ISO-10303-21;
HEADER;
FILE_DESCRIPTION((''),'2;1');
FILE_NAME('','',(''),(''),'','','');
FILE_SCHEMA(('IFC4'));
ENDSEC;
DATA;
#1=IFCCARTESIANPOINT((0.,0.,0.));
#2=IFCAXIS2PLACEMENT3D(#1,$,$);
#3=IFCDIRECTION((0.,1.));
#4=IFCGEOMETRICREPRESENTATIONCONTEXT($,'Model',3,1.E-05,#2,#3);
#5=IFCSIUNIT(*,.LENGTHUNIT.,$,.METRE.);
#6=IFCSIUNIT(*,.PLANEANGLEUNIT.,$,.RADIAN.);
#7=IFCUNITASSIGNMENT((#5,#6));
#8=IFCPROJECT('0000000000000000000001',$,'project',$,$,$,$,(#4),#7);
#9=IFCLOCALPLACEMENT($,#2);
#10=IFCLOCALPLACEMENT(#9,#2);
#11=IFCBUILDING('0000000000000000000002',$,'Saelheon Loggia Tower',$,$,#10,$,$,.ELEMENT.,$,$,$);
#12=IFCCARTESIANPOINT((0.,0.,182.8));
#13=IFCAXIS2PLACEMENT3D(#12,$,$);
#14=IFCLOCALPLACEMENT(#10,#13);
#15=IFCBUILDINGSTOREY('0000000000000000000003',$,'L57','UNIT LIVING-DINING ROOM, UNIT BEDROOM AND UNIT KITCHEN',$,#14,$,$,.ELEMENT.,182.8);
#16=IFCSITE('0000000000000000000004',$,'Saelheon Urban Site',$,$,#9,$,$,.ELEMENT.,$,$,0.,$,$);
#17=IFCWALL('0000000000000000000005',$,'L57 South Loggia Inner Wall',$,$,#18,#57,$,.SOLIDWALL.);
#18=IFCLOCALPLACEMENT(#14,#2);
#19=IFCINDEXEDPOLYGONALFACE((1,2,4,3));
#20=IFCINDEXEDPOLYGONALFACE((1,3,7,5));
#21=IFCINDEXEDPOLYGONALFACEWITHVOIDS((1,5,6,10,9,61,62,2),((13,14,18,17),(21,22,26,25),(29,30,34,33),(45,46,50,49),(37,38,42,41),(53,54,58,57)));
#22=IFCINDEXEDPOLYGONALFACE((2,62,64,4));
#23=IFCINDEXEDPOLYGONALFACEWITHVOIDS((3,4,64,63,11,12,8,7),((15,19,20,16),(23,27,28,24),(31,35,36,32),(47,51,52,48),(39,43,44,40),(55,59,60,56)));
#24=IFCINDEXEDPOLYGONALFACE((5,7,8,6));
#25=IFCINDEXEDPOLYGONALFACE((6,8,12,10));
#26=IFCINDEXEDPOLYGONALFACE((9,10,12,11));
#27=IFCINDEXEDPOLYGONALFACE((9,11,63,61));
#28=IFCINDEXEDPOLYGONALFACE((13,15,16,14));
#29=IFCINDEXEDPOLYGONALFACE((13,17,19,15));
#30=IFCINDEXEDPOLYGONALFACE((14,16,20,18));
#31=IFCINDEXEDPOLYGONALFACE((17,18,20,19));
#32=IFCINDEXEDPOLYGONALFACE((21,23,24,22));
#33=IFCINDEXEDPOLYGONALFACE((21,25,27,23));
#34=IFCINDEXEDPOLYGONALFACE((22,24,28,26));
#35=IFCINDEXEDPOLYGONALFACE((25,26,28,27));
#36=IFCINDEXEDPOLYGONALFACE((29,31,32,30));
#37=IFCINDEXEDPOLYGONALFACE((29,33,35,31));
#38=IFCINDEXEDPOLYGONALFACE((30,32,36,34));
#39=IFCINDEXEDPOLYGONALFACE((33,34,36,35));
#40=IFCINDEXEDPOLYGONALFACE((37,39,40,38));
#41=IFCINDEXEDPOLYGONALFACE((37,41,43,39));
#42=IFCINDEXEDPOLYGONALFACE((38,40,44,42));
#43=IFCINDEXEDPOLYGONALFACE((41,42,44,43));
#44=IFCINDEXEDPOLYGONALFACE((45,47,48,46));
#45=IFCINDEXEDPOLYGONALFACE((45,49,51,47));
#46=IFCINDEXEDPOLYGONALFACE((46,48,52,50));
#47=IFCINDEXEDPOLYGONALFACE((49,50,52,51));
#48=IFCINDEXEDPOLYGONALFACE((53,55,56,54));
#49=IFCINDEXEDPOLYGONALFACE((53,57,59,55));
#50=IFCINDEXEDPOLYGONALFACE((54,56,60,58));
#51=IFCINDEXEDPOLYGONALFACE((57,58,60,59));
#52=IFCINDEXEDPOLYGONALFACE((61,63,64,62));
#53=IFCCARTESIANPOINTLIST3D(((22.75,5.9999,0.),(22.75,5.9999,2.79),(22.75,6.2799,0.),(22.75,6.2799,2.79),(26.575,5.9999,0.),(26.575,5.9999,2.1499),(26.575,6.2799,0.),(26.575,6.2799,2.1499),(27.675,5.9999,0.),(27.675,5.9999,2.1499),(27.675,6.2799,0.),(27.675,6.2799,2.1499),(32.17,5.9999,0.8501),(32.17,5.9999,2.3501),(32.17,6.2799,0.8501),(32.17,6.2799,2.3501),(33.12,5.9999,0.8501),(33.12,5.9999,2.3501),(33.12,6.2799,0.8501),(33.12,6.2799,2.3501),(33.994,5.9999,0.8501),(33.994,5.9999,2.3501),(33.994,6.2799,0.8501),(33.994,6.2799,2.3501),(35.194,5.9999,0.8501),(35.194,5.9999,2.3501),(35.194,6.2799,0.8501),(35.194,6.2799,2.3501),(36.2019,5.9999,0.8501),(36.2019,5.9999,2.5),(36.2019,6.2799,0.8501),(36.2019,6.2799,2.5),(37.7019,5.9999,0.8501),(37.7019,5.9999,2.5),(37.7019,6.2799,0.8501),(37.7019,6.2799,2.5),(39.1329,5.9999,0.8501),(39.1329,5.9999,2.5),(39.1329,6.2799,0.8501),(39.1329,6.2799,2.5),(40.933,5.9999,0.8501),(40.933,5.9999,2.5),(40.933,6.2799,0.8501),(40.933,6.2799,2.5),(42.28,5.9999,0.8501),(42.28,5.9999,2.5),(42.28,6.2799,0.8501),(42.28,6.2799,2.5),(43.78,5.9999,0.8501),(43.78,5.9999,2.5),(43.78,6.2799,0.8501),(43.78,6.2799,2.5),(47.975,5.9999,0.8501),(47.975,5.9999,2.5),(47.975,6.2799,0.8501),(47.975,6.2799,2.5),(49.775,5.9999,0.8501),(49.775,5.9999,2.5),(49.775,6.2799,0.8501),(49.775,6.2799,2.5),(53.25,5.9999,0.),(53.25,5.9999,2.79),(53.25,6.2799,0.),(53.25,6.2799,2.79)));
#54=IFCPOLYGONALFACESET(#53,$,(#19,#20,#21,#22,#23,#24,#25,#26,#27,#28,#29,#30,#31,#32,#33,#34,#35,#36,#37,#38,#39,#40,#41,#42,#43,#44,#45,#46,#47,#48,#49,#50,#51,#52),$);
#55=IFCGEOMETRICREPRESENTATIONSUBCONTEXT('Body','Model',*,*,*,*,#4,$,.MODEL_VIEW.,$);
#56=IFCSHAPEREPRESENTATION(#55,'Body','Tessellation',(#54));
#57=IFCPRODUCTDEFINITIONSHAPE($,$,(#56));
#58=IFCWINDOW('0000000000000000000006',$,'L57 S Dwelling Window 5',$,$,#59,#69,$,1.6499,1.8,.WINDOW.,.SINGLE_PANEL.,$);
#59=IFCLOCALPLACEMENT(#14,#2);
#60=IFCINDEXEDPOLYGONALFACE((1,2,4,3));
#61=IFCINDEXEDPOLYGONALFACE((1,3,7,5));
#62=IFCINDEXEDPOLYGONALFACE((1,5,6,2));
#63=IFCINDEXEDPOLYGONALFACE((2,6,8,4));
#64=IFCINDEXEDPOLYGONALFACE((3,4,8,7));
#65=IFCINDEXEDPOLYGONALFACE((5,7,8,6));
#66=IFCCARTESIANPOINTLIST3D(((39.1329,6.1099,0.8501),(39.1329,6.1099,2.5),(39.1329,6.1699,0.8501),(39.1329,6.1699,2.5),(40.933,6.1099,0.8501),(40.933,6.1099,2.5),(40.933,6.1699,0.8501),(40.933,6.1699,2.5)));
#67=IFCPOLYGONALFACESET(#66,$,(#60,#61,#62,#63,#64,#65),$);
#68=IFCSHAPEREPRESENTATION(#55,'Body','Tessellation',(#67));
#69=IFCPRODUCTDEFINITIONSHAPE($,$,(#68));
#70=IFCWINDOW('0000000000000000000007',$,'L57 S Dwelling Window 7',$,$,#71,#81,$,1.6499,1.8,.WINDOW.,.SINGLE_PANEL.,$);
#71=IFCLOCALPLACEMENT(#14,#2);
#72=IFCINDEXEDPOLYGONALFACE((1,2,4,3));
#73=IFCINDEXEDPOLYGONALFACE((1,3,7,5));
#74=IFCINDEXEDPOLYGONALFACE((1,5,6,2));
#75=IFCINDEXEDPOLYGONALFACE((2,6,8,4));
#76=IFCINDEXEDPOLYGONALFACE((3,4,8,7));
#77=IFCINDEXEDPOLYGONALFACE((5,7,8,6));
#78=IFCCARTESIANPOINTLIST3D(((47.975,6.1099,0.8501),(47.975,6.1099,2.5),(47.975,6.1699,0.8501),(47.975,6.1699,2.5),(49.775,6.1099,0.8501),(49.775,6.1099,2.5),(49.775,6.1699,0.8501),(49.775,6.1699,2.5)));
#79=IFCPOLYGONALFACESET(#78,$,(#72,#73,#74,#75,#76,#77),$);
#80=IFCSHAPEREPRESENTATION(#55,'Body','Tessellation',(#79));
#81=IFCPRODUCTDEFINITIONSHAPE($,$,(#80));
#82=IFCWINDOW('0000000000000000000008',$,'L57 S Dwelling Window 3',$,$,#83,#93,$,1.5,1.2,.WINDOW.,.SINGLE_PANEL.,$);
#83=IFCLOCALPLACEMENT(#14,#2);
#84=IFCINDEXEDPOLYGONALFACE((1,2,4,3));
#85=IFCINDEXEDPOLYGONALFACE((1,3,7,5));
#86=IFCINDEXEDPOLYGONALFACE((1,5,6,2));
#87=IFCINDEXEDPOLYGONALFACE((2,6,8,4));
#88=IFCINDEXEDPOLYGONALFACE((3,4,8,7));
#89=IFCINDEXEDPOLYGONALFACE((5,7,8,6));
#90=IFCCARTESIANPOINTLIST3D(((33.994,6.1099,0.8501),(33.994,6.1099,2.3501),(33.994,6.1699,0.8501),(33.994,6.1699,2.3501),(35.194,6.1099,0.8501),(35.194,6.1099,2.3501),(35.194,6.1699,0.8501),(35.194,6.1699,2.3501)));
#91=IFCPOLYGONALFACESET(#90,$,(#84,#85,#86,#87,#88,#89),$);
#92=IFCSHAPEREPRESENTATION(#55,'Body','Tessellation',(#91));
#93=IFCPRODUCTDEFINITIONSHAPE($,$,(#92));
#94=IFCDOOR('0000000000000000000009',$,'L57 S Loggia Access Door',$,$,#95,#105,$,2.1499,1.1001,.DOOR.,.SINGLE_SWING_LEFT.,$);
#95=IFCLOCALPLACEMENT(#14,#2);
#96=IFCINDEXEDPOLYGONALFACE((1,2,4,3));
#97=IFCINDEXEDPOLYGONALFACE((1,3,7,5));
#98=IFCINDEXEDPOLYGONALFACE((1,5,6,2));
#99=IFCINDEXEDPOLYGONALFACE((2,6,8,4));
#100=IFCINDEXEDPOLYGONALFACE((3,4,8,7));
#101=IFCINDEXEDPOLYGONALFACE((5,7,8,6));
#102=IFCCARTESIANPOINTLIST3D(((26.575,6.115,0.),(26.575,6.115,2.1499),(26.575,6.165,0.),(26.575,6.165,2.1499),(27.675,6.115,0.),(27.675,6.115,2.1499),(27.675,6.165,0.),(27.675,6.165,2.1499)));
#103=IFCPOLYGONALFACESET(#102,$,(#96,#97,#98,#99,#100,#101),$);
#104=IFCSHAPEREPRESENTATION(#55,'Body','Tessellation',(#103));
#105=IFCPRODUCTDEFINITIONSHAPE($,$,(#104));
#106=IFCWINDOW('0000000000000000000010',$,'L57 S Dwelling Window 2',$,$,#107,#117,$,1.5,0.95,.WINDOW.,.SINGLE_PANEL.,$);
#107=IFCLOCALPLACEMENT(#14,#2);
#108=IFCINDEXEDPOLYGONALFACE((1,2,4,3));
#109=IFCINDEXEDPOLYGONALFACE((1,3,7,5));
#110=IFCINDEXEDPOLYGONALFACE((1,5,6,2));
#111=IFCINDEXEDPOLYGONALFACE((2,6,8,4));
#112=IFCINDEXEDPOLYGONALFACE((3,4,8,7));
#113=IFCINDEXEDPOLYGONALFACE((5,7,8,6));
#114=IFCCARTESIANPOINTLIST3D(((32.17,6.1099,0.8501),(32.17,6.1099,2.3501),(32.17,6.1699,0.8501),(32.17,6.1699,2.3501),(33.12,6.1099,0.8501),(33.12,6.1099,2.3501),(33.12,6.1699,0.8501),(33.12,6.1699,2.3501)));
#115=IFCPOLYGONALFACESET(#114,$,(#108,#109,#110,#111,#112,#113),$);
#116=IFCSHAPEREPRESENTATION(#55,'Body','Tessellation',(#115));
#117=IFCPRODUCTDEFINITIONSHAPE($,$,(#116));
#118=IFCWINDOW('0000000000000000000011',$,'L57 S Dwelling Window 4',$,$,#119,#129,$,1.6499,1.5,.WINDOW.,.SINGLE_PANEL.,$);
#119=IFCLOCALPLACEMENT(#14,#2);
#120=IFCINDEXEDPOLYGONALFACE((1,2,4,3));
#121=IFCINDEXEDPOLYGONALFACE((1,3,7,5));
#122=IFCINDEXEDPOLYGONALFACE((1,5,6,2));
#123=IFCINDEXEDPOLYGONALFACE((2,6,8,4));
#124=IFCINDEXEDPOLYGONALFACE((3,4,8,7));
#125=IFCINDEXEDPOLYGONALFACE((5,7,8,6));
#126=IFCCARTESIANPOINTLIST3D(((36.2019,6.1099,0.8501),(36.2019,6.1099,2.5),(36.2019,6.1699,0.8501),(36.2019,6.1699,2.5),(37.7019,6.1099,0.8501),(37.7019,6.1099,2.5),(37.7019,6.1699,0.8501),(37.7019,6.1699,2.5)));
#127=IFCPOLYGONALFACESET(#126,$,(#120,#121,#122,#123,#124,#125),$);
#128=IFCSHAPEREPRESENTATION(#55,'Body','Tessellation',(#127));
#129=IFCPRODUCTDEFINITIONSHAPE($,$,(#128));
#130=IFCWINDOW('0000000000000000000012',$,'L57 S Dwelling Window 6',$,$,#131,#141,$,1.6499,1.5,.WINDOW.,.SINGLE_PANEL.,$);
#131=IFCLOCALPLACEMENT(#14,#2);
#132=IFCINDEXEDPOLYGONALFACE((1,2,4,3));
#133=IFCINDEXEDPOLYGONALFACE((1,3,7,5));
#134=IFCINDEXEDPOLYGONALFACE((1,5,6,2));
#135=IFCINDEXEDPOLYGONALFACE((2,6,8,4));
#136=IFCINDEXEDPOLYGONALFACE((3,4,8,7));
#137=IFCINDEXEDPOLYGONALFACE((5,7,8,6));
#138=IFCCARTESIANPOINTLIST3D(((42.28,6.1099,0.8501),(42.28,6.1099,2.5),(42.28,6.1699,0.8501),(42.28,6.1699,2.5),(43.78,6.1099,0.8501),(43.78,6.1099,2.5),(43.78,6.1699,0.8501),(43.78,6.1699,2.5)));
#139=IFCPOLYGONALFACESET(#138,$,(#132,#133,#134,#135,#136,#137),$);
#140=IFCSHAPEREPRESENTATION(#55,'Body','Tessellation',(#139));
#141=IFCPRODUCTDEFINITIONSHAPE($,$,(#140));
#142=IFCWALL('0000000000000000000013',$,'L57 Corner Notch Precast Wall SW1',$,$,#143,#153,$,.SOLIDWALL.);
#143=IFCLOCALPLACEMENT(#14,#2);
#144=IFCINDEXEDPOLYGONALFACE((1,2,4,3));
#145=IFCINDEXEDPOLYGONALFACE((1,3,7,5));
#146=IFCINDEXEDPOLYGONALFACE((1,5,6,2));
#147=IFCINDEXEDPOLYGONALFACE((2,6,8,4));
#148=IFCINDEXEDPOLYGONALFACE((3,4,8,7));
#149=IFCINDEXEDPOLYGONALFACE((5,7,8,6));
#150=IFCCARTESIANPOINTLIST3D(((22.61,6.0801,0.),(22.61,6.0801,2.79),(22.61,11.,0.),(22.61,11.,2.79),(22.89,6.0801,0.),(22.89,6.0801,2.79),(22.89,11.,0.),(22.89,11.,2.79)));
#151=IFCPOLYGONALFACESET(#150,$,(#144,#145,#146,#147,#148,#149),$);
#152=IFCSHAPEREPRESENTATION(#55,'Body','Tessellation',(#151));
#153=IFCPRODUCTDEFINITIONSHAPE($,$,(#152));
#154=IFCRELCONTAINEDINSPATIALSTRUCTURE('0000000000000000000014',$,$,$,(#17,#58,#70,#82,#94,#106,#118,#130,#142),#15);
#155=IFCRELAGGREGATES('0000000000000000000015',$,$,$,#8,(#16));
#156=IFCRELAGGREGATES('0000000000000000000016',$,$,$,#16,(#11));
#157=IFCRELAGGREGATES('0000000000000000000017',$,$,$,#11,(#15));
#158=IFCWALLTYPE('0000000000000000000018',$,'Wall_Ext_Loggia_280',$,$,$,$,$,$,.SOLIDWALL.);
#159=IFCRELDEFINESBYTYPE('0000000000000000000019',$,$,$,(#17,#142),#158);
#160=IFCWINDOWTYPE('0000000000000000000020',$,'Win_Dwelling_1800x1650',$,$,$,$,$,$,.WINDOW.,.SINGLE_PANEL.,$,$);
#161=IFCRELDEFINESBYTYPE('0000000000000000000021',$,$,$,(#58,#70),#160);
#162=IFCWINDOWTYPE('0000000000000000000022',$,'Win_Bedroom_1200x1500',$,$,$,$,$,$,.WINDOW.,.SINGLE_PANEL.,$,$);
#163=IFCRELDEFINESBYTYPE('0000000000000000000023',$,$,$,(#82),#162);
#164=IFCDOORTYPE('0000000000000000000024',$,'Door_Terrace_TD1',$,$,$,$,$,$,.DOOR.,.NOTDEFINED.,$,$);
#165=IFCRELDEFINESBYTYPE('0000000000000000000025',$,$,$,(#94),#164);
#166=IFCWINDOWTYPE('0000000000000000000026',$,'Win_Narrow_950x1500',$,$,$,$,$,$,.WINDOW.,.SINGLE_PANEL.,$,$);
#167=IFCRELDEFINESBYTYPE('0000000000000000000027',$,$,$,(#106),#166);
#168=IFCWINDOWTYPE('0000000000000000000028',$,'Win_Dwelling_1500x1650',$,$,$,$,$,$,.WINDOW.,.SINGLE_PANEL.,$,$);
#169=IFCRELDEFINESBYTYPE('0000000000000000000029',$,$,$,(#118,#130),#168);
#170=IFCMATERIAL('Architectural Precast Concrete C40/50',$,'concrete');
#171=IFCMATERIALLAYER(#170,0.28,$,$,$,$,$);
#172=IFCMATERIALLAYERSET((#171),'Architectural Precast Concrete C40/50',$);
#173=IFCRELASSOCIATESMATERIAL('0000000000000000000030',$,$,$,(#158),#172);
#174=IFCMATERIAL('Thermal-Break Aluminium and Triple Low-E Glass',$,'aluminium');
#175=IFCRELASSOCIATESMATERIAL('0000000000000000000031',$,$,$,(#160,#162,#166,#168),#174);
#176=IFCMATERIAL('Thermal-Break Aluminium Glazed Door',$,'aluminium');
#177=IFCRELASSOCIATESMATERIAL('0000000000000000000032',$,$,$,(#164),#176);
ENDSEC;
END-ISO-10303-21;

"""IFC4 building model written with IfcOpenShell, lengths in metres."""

from ifc_helpers import new_model, si_unit, direction, frame, frame_2d, origin, place, context, subcontext, project, spatial, rectangle, extrude, source, transform, mapped, material, layer, layer_set, type_object, element, fill, save


model = new_model("IFC4")

# Units and contexts
model_context = context("Model", 3, precision=1e-05, world=origin(), true_north=direction((0.0, 1.0)))
body_context = subcontext(model_context, "Body", "Model", "MODEL_VIEW")
ifc_project = project(units=[si_unit("LENGTHUNIT", "METRE"), si_unit("PLANEANGLEUNIT", "RADIAN")], contexts=[model_context])

# Site, building, storey
site_placement = place(None, origin())
site = spatial("IfcSite", under=ifc_project, at=site_placement, Name="Saelheon Urban Site", CompositionType="ELEMENT", RefElevation=0.0)
building_placement = place(site_placement, origin())
building = spatial("IfcBuilding", under=site, at=building_placement, Name="Saelheon Loggia Tower", CompositionType="ELEMENT")
storey_placement = place(building_placement, frame((0.0, 0.0, 182.8)))
storey = spatial("IfcBuildingStorey", under=building, at=storey_placement, Name="L57", Description="UNIT LIVING-DINING ROOM, UNIT BEDROOM AND UNIT KITCHEN", CompositionType="ELEMENT", Elevation=182.8)

# Wall, openings, windows, door
ifc_material_1 = material(Name="Architectural Precast Concrete C40/50", Category="concrete")
ifc_layer = layer(ifc_material_1, 0.28)
ifc_layer_set = layer_set([ifc_layer], Name="Architectural Precast Concrete C40/50")
wall_type = type_object("IfcWallType", Name="Wall_Ext_Loggia_280", PredefinedType="SOLIDWALL", material=ifc_layer_set)
wall_1_placement = place(storey_placement, frame((22.75, 6.1399, 0.0), z_axis=(0.0, 0.0, 1.0), x_axis=(1.0, 0.0, 0.0)))
wall_1 = element("IfcWall", 1, at=wall_1_placement, inside=storey, type_object=wall_type, Name="L57 South Loggia Inner Wall", PredefinedType="SOLIDWALL", context=body_context, shape_type="SweptSolid", body=[
    extrude(rectangle(XDim=30.5, YDim=0.28, at=frame_2d((15.25, 0.0))), origin(), (0.0, 0.0, 1.0), 2.79),
])
opening_1_placement = place(wall_1_placement, frame((4.925, 0.0, 0.0), z_axis=(0.0, 0.0, 1.0), x_axis=(-1.0, 0.0, 0.0)))
opening_1 = element("IfcOpeningElement", 2, at=opening_1_placement, cuts=wall_1, PredefinedType="OPENING", context=body_context, shape_type="SweptSolid", body=[
    extrude(rectangle(XDim=1.1001, YDim=2.1499, at=frame_2d((0.55, 1.075))), frame((0.0, 0.1521, 0.0), z_axis=(0.0, -1.0, 0.0), x_axis=(1.0, 0.0, 0.0)), (0.0, 0.0, 1.0), 0.304),
])
opening_2_placement = place(wall_1_placement, frame((9.4199, 0.0, 0.8501)))
opening_2 = element("IfcOpeningElement", 3, at=opening_2_placement, cuts=wall_1, PredefinedType="OPENING", context=body_context, shape_type="SweptSolid", body=[
    extrude(rectangle(XDim=0.95, YDim=1.5, at=frame_2d((0.4751, 0.75))), frame((0.0, 0.1521, 0.0), z_axis=(0.0, -1.0, 0.0), x_axis=(1.0, 0.0, 0.0)), (0.0, 0.0, 1.0), 0.304),
])
opening_3_placement = place(wall_1_placement, frame((11.2439, 0.0, 0.8501)))
opening_3 = element("IfcOpeningElement", 4, at=opening_3_placement, cuts=wall_1, PredefinedType="OPENING", context=body_context, shape_type="SweptSolid", body=[
    extrude(rectangle(XDim=1.2, YDim=1.5, at=frame_2d((0.6001, 0.75))), frame((0.0, 0.1521, 0.0), z_axis=(0.0, -1.0, 0.0), x_axis=(1.0, 0.0, 0.0)), (0.0, 0.0, 1.0), 0.304),
])
opening_4_placement = place(wall_1_placement, frame((13.4519, 0.0, 0.8501)))
opening_4 = element("IfcOpeningElement", 5, at=opening_4_placement, cuts=wall_1, PredefinedType="OPENING", context=body_context, shape_type="SweptSolid", body=[
    extrude(rectangle(XDim=1.5, YDim=1.6499, at=frame_2d((0.75, 0.825))), frame((0.0, 0.1521, 0.0), z_axis=(0.0, -1.0, 0.0), x_axis=(1.0, 0.0, 0.0)), (0.0, 0.0, 1.0), 0.304),
])
opening_5_placement = place(wall_1_placement, frame((16.3831, 0.0, 0.8501)))
opening_5 = element("IfcOpeningElement", 6, at=opening_5_placement, cuts=wall_1, PredefinedType="OPENING", context=body_context, shape_type="SweptSolid", body=[
    extrude(rectangle(XDim=1.8, YDim=1.6499, at=frame_2d((0.8999, 0.825))), frame((0.0, 0.1521, 0.0), z_axis=(0.0, -1.0, 0.0), x_axis=(1.0, 0.0, 0.0)), (0.0, 0.0, 1.0), 0.304),
])
opening_6_placement = place(wall_1_placement, frame((19.53, 0.0, 0.8501)))
opening_6 = element("IfcOpeningElement", 7, at=opening_6_placement, cuts=wall_1, PredefinedType="OPENING", context=body_context, shape_type="SweptSolid", body=[
    extrude(rectangle(XDim=1.5, YDim=1.6499, at=frame_2d((0.75, 0.825))), frame((0.0, 0.1521, 0.0), z_axis=(0.0, -1.0, 0.0), x_axis=(1.0, 0.0, 0.0)), (0.0, 0.0, 1.0), 0.304),
])
opening_7_placement = place(wall_1_placement, frame((25.2251, 0.0, 0.8501)))
opening_7 = element("IfcOpeningElement", 8, at=opening_7_placement, cuts=wall_1, PredefinedType="OPENING", context=body_context, shape_type="SweptSolid", body=[
    extrude(rectangle(XDim=1.8, YDim=1.6499, at=frame_2d((0.8999, 0.825))), frame((0.0, 0.1521, 0.0), z_axis=(0.0, -1.0, 0.0), x_axis=(1.0, 0.0, 0.0)), (0.0, 0.0, 1.0), 0.304),
])
ifc_material_2 = material(Name="Thermal-Break Aluminium and Triple Low-E Glass", Category="aluminium")
window_type_1 = type_object("IfcWindowType", Name="Win_Dwelling_1800x1650", PartitioningType="SINGLE_PANEL", PredefinedType="WINDOW", material=ifc_material_2)
shared_shape_1 = source(origin(), body_context, "Body", "SweptSolid", [
    extrude(rectangle(XDim=1.8, YDim=1.6499, at=frame_2d((0.8999, 0.825))), frame((0.0, 0.03, 0.0), z_axis=(0.0, -1.0, 0.0), x_axis=(1.0, 0.0, 0.0)), (0.0, 0.0, 1.0), 0.0601),
])
window_1_placement = place(opening_5_placement, origin())
window_1 = element("IfcWindow", 9, at=window_1_placement, inside=storey, type_object=window_type_1, Name="L57 S Dwelling Window 5", OverallHeight=1.6499, OverallWidth=1.8, PartitioningType="SINGLE_PANEL", PredefinedType="WINDOW", context=body_context, shape_type="MappedRepresentation", body=[
    mapped(shared_shape_1, transform((0.0, 0.0, 0.0), scale=1.0)),
])
fill(opening_5, window_1)
window_2_placement = place(opening_7_placement, origin())
window_2 = element("IfcWindow", 10, at=window_2_placement, inside=storey, type_object=window_type_1, Name="L57 S Dwelling Window 7", OverallHeight=1.6499, OverallWidth=1.8, PartitioningType="SINGLE_PANEL", PredefinedType="WINDOW", context=body_context, shape_type="MappedRepresentation", body=[
    mapped(shared_shape_1, transform((0.0, 0.0, 0.0), scale=1.0)),
])
fill(opening_7, window_2)
window_type_2 = type_object("IfcWindowType", Name="Win_Bedroom_1200x1500", PartitioningType="SINGLE_PANEL", PredefinedType="WINDOW", material=ifc_material_2)
shared_shape_2 = source(origin(), body_context, "Body", "SweptSolid", [
    extrude(rectangle(XDim=1.2, YDim=1.5, at=frame_2d((0.6001, 0.75))), frame((0.0, 0.03, 0.0), z_axis=(0.0, -1.0, 0.0), x_axis=(1.0, 0.0, 0.0)), (0.0, 0.0, 1.0), 0.0601),
])
window_3_placement = place(opening_3_placement, origin())
window_3 = element("IfcWindow", 11, at=window_3_placement, inside=storey, type_object=window_type_2, Name="L57 S Dwelling Window 3", OverallHeight=1.5, OverallWidth=1.2, PartitioningType="SINGLE_PANEL", PredefinedType="WINDOW", context=body_context, shape_type="MappedRepresentation", body=[
    mapped(shared_shape_2, transform((0.0, 0.0, 0.0), scale=1.0)),
])
fill(opening_3, window_3)
ifc_material_3 = material(Name="Thermal-Break Aluminium Glazed Door", Category="aluminium")
door_type_1 = type_object("IfcDoorType", Name="Door_Terrace_TD1", OperationType="NOTDEFINED", PredefinedType="DOOR", material=ifc_material_3)
shared_shape_3 = source(origin(), body_context, "Body", "SweptSolid", [
    extrude(rectangle(XDim=1.1001, YDim=2.1499, at=frame_2d((0.55, 1.075))), frame((0.0, 0.0249, 0.0), z_axis=(0.0, -1.0, 0.0), x_axis=(1.0, 0.0, 0.0)), (0.0, 0.0, 1.0), 0.05),
])
door_1_placement = place(opening_1_placement, origin())
door_1 = element("IfcDoor", 12, at=door_1_placement, inside=storey, type_object=door_type_1, Name="L57 S Loggia Access Door", OperationType="SINGLE_SWING_LEFT", OverallHeight=2.1499, OverallWidth=1.1001, PredefinedType="DOOR", context=body_context, shape_type="MappedRepresentation", body=[
    mapped(shared_shape_3, transform((0.0, 0.0, 0.0), scale=1.0)),
])
fill(opening_1, door_1)
window_type_3 = type_object("IfcWindowType", Name="Win_Narrow_950x1500", PartitioningType="SINGLE_PANEL", PredefinedType="WINDOW", material=ifc_material_2)
shared_shape_4 = source(origin(), body_context, "Body", "SweptSolid", [
    extrude(rectangle(XDim=0.95, YDim=1.5, at=frame_2d((0.4751, 0.75))), frame((0.0, 0.03, 0.0), z_axis=(0.0, -1.0, 0.0), x_axis=(1.0, 0.0, 0.0)), (0.0, 0.0, 1.0), 0.0601),
])
window_4_placement = place(opening_2_placement, origin())
window_4 = element("IfcWindow", 13, at=window_4_placement, inside=storey, type_object=window_type_3, Name="L57 S Dwelling Window 2", OverallHeight=1.5, OverallWidth=0.95, PartitioningType="SINGLE_PANEL", PredefinedType="WINDOW", context=body_context, shape_type="MappedRepresentation", body=[
    mapped(shared_shape_4, transform((0.0, 0.0, 0.0), scale=1.0)),
])
fill(opening_2, window_4)
window_type_4 = type_object("IfcWindowType", Name="Win_Dwelling_1500x1650", PartitioningType="SINGLE_PANEL", PredefinedType="WINDOW", material=ifc_material_2)
shared_shape_5 = source(origin(), body_context, "Body", "SweptSolid", [
    extrude(rectangle(XDim=1.5, YDim=1.6499, at=frame_2d((0.75, 0.825))), frame((0.0, 0.03, 0.0), z_axis=(0.0, -1.0, 0.0), x_axis=(1.0, 0.0, 0.0)), (0.0, 0.0, 1.0), 0.0601),
])
window_5_placement = place(opening_4_placement, origin())
window_5 = element("IfcWindow", 14, at=window_5_placement, inside=storey, type_object=window_type_4, Name="L57 S Dwelling Window 4", OverallHeight=1.6499, OverallWidth=1.5, PartitioningType="SINGLE_PANEL", PredefinedType="WINDOW", context=body_context, shape_type="MappedRepresentation", body=[
    mapped(shared_shape_5, transform((0.0, 0.0, 0.0), scale=1.0)),
])
fill(opening_4, window_5)
window_6_placement = place(opening_6_placement, origin())
window_6 = element("IfcWindow", 15, at=window_6_placement, inside=storey, type_object=window_type_4, Name="L57 S Dwelling Window 6", OverallHeight=1.6499, OverallWidth=1.5, PartitioningType="SINGLE_PANEL", PredefinedType="WINDOW", context=body_context, shape_type="MappedRepresentation", body=[
    mapped(shared_shape_5, transform((0.0, 0.0, 0.0), scale=1.0)),
])
fill(opening_6, window_6)

# Wall
for number, where, z_axis, x_axis, name in (
    (16, (22.75, 6.0801, 0.0), (0.0, 0.0, 1.0), (0.0, 1.0, 0.0), "L57 Corner Notch Precast Wall SW1"),
):
    element("IfcWall", number, at=place(storey_placement, frame(where, z_axis=z_axis, x_axis=x_axis)), inside=storey, type_object=wall_type, Name=name, PredefinedType="SOLIDWALL", context=body_context, shape_type="SweptSolid", body=[
        extrude(rectangle(XDim=4.9199, YDim=0.28, at=frame_2d((2.46, 0.0))), origin(), (0.0, 0.0, 1.0), 2.79),
    ])

save(model, "model.ifc")
